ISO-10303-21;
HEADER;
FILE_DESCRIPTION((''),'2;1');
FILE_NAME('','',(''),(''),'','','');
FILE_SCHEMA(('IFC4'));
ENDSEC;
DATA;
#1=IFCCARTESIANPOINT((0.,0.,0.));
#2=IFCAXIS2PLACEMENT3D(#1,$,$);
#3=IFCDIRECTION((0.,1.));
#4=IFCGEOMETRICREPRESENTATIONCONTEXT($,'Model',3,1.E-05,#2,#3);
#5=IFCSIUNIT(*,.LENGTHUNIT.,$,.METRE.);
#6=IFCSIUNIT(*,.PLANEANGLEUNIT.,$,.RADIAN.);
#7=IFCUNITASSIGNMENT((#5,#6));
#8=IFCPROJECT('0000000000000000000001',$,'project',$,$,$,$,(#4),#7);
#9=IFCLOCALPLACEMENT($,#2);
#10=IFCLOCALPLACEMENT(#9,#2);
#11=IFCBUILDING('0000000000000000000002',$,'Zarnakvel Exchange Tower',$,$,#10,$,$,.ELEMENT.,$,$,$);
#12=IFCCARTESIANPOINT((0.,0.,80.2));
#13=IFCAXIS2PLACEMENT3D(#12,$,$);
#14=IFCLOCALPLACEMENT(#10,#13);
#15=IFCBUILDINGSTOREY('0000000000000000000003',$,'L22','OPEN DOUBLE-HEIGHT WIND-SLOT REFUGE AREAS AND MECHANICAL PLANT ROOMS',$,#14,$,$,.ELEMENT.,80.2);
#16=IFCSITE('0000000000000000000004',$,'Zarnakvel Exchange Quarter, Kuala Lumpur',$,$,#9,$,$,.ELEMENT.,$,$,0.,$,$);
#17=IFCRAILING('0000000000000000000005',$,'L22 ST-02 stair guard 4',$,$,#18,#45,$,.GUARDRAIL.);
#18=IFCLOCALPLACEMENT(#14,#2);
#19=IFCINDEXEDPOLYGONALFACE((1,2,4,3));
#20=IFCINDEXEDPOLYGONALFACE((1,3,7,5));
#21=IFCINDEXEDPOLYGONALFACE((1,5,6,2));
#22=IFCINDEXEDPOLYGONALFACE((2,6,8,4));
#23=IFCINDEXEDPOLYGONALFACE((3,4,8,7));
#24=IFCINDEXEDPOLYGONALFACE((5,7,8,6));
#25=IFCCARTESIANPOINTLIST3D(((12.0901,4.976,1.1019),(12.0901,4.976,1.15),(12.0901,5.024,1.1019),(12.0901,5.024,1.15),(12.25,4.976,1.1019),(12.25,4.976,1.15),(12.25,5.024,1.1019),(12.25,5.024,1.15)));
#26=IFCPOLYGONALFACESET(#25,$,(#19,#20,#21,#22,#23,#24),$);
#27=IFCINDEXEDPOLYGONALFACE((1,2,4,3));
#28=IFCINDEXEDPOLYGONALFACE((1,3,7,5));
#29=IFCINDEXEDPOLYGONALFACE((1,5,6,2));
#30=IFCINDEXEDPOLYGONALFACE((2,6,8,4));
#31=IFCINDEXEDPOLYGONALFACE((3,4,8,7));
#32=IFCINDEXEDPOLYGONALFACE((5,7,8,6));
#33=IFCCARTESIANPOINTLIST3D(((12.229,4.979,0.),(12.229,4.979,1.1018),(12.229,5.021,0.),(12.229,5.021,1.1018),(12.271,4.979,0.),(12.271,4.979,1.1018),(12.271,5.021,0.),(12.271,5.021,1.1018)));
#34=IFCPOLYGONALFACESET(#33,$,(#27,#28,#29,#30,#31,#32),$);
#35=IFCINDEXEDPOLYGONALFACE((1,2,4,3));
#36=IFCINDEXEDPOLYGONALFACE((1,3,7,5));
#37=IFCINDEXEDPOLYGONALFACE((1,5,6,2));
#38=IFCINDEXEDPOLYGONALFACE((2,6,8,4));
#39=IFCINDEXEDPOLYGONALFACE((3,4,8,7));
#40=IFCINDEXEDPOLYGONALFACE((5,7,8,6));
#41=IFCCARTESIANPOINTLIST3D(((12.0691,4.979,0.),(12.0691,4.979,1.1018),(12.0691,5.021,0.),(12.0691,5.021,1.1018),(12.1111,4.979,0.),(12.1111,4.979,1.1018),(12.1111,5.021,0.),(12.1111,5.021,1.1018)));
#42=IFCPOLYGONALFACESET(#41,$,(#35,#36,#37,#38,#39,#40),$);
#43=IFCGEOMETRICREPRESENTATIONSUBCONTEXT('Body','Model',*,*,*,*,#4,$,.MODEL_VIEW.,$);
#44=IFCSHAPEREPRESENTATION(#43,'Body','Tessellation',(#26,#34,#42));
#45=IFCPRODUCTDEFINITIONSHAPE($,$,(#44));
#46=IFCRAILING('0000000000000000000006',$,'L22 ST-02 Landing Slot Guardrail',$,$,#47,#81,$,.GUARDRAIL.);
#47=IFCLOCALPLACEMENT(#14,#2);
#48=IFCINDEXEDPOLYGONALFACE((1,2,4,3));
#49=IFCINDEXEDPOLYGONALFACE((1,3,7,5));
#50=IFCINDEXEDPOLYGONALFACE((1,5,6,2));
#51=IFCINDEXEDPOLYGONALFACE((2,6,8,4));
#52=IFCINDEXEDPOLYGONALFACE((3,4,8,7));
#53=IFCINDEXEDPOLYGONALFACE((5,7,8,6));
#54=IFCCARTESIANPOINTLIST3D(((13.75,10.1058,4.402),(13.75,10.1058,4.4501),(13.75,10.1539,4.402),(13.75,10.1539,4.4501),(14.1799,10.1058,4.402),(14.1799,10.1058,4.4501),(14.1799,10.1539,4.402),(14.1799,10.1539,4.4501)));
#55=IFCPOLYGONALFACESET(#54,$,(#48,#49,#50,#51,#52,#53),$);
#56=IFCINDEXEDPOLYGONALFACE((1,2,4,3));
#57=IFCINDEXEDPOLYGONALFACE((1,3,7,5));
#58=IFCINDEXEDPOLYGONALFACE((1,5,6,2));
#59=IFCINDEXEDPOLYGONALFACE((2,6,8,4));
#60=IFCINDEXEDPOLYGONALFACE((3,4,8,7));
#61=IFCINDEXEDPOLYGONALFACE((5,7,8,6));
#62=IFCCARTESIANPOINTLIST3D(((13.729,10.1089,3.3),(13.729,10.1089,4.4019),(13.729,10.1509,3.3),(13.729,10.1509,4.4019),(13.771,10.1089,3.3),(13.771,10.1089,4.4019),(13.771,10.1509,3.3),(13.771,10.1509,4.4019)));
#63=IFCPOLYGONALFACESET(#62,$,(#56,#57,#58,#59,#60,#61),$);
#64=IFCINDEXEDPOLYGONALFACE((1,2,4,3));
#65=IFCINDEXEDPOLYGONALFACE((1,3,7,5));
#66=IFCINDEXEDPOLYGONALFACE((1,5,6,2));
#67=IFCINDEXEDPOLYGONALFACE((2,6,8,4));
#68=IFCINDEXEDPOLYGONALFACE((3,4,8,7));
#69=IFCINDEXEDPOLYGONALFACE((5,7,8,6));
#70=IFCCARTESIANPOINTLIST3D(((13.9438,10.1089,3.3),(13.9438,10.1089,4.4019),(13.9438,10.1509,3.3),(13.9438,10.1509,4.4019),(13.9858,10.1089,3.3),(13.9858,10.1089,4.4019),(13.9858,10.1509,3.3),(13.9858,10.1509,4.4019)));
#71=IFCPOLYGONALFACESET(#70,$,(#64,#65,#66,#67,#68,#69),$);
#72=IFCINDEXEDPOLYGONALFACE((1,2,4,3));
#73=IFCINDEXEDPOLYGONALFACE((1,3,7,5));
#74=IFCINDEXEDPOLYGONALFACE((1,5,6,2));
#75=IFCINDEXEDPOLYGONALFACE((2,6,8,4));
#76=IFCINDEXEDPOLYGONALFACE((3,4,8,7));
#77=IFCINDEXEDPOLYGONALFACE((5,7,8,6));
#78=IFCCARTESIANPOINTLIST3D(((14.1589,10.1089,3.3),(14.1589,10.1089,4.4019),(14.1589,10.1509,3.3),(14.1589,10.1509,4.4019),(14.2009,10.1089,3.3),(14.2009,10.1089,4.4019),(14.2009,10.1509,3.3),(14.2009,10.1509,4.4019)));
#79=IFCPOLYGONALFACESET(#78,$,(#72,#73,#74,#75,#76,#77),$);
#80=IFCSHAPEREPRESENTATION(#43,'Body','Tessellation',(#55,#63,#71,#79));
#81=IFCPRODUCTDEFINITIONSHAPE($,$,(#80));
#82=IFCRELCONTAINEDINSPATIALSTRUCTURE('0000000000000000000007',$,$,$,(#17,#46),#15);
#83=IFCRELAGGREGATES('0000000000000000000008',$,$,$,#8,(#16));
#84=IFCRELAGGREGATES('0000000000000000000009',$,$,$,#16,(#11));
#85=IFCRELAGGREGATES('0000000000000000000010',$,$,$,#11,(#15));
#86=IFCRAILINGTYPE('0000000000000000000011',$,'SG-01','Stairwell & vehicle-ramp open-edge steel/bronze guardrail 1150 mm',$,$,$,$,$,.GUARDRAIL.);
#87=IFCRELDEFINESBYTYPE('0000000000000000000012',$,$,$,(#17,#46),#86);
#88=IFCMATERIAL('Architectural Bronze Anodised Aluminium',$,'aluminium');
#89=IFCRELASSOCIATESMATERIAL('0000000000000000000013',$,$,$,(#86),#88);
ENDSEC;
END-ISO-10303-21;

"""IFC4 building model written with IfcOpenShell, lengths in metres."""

from ifc_helpers import new_model, si_unit, direction, frame, origin, origin_2d, place, context, subcontext, project, spatial, rectangle, extrude, material, type_object, element, save


model = new_model("IFC4")

# Units and contexts
model_context = context("Model", 3, precision=1e-05, world=origin(), true_north=direction((0.0, 1.0)))
body_context = subcontext(model_context, "Body", "Model", "MODEL_VIEW")
ifc_project = project(units=[si_unit("LENGTHUNIT", "METRE"), si_unit("PLANEANGLEUNIT", "RADIAN")], contexts=[model_context])

# Site, building, storey
site_placement = place(None, origin())
site = spatial("IfcSite", under=ifc_project, at=site_placement, Name="Zarnakvel Exchange Quarter, Kuala Lumpur", CompositionType="ELEMENT", RefElevation=0.0)
building_placement = place(site_placement, origin())
building = spatial("IfcBuilding", under=site, at=building_placement, Name="Zarnakvel Exchange Tower", CompositionType="ELEMENT")
storey_placement = place(building_placement, frame((0.0, 0.0, 80.2)))
storey = spatial("IfcBuildingStorey", under=building, at=storey_placement, Name="L22", Description="OPEN DOUBLE-HEIGHT WIND-SLOT REFUGE AREAS AND MECHANICAL PLANT ROOMS", CompositionType="ELEMENT", Elevation=80.2)

# Railings
ifc_material_1 = material(Name="Architectural Bronze Anodised Aluminium", Category="aluminium")
railing_type_1 = type_object("IfcRailingType", Name="SG-01", Description="Stairwell & vehicle-ramp open-edge steel/bronze guardrail 1150 mm", PredefinedType="GUARDRAIL", material=ifc_material_1)
railing_1_placement = place(storey_placement, frame((12.25, 5.0, 0.0)))
element("IfcRailing", 1, at=railing_1_placement, inside=storey, type_object=railing_type_1, Name="L22 ST-02 stair guard 4", PredefinedType="GUARDRAIL", context=body_context, shape_type="SweptSolid", body=[
    extrude(rectangle(XDim=0.0481, YDim=0.0481, at=origin_2d()), frame((0.0, 0.0, 1.126), z_axis=(-1.0, 0.0, 0.0), x_axis=(0.0, -1.0, 0.0)), (0.0, 0.0, 1.0), 0.1599),
    extrude(rectangle(XDim=0.042, YDim=0.042, at=origin_2d()), origin(), (0.0, 0.0, 1.0), 1.1018),
    extrude(rectangle(XDim=0.042, YDim=0.042, at=origin_2d()), frame((-0.1599, 0.0, 0.0)), (0.0, 0.0, 1.0), 1.1018),
])
railing_2_placement = place(storey_placement, frame((13.75, 10.1299, 3.3)))
element("IfcRailing", 2, at=railing_2_placement, inside=storey, type_object=railing_type_1, Name="L22 ST-02 Landing Slot Guardrail", PredefinedType="GUARDRAIL", context=body_context, shape_type="SweptSolid", body=[
    extrude(rectangle(XDim=0.0481, YDim=0.0481, at=origin_2d()), frame((0.0, 0.0, 1.126), z_axis=(1.0, 0.0, 0.0), x_axis=(0.0, 1.0, 0.0)), (0.0, 0.0, 1.0), 0.4299),
    extrude(rectangle(XDim=0.042, YDim=0.042, at=origin_2d()), origin(), (0.0, 0.0, 1.0), 1.1018),
    extrude(rectangle(XDim=0.042, YDim=0.042, at=origin_2d()), frame((0.2148, 0.0, 0.0)), (0.0, 0.0, 1.0), 1.1018),
    extrude(rectangle(XDim=0.042, YDim=0.042, at=origin_2d()), frame((0.4299, 0.0, 0.0)), (0.0, 0.0, 1.0), 1.1018),
])

save(model, "model.ifc")
